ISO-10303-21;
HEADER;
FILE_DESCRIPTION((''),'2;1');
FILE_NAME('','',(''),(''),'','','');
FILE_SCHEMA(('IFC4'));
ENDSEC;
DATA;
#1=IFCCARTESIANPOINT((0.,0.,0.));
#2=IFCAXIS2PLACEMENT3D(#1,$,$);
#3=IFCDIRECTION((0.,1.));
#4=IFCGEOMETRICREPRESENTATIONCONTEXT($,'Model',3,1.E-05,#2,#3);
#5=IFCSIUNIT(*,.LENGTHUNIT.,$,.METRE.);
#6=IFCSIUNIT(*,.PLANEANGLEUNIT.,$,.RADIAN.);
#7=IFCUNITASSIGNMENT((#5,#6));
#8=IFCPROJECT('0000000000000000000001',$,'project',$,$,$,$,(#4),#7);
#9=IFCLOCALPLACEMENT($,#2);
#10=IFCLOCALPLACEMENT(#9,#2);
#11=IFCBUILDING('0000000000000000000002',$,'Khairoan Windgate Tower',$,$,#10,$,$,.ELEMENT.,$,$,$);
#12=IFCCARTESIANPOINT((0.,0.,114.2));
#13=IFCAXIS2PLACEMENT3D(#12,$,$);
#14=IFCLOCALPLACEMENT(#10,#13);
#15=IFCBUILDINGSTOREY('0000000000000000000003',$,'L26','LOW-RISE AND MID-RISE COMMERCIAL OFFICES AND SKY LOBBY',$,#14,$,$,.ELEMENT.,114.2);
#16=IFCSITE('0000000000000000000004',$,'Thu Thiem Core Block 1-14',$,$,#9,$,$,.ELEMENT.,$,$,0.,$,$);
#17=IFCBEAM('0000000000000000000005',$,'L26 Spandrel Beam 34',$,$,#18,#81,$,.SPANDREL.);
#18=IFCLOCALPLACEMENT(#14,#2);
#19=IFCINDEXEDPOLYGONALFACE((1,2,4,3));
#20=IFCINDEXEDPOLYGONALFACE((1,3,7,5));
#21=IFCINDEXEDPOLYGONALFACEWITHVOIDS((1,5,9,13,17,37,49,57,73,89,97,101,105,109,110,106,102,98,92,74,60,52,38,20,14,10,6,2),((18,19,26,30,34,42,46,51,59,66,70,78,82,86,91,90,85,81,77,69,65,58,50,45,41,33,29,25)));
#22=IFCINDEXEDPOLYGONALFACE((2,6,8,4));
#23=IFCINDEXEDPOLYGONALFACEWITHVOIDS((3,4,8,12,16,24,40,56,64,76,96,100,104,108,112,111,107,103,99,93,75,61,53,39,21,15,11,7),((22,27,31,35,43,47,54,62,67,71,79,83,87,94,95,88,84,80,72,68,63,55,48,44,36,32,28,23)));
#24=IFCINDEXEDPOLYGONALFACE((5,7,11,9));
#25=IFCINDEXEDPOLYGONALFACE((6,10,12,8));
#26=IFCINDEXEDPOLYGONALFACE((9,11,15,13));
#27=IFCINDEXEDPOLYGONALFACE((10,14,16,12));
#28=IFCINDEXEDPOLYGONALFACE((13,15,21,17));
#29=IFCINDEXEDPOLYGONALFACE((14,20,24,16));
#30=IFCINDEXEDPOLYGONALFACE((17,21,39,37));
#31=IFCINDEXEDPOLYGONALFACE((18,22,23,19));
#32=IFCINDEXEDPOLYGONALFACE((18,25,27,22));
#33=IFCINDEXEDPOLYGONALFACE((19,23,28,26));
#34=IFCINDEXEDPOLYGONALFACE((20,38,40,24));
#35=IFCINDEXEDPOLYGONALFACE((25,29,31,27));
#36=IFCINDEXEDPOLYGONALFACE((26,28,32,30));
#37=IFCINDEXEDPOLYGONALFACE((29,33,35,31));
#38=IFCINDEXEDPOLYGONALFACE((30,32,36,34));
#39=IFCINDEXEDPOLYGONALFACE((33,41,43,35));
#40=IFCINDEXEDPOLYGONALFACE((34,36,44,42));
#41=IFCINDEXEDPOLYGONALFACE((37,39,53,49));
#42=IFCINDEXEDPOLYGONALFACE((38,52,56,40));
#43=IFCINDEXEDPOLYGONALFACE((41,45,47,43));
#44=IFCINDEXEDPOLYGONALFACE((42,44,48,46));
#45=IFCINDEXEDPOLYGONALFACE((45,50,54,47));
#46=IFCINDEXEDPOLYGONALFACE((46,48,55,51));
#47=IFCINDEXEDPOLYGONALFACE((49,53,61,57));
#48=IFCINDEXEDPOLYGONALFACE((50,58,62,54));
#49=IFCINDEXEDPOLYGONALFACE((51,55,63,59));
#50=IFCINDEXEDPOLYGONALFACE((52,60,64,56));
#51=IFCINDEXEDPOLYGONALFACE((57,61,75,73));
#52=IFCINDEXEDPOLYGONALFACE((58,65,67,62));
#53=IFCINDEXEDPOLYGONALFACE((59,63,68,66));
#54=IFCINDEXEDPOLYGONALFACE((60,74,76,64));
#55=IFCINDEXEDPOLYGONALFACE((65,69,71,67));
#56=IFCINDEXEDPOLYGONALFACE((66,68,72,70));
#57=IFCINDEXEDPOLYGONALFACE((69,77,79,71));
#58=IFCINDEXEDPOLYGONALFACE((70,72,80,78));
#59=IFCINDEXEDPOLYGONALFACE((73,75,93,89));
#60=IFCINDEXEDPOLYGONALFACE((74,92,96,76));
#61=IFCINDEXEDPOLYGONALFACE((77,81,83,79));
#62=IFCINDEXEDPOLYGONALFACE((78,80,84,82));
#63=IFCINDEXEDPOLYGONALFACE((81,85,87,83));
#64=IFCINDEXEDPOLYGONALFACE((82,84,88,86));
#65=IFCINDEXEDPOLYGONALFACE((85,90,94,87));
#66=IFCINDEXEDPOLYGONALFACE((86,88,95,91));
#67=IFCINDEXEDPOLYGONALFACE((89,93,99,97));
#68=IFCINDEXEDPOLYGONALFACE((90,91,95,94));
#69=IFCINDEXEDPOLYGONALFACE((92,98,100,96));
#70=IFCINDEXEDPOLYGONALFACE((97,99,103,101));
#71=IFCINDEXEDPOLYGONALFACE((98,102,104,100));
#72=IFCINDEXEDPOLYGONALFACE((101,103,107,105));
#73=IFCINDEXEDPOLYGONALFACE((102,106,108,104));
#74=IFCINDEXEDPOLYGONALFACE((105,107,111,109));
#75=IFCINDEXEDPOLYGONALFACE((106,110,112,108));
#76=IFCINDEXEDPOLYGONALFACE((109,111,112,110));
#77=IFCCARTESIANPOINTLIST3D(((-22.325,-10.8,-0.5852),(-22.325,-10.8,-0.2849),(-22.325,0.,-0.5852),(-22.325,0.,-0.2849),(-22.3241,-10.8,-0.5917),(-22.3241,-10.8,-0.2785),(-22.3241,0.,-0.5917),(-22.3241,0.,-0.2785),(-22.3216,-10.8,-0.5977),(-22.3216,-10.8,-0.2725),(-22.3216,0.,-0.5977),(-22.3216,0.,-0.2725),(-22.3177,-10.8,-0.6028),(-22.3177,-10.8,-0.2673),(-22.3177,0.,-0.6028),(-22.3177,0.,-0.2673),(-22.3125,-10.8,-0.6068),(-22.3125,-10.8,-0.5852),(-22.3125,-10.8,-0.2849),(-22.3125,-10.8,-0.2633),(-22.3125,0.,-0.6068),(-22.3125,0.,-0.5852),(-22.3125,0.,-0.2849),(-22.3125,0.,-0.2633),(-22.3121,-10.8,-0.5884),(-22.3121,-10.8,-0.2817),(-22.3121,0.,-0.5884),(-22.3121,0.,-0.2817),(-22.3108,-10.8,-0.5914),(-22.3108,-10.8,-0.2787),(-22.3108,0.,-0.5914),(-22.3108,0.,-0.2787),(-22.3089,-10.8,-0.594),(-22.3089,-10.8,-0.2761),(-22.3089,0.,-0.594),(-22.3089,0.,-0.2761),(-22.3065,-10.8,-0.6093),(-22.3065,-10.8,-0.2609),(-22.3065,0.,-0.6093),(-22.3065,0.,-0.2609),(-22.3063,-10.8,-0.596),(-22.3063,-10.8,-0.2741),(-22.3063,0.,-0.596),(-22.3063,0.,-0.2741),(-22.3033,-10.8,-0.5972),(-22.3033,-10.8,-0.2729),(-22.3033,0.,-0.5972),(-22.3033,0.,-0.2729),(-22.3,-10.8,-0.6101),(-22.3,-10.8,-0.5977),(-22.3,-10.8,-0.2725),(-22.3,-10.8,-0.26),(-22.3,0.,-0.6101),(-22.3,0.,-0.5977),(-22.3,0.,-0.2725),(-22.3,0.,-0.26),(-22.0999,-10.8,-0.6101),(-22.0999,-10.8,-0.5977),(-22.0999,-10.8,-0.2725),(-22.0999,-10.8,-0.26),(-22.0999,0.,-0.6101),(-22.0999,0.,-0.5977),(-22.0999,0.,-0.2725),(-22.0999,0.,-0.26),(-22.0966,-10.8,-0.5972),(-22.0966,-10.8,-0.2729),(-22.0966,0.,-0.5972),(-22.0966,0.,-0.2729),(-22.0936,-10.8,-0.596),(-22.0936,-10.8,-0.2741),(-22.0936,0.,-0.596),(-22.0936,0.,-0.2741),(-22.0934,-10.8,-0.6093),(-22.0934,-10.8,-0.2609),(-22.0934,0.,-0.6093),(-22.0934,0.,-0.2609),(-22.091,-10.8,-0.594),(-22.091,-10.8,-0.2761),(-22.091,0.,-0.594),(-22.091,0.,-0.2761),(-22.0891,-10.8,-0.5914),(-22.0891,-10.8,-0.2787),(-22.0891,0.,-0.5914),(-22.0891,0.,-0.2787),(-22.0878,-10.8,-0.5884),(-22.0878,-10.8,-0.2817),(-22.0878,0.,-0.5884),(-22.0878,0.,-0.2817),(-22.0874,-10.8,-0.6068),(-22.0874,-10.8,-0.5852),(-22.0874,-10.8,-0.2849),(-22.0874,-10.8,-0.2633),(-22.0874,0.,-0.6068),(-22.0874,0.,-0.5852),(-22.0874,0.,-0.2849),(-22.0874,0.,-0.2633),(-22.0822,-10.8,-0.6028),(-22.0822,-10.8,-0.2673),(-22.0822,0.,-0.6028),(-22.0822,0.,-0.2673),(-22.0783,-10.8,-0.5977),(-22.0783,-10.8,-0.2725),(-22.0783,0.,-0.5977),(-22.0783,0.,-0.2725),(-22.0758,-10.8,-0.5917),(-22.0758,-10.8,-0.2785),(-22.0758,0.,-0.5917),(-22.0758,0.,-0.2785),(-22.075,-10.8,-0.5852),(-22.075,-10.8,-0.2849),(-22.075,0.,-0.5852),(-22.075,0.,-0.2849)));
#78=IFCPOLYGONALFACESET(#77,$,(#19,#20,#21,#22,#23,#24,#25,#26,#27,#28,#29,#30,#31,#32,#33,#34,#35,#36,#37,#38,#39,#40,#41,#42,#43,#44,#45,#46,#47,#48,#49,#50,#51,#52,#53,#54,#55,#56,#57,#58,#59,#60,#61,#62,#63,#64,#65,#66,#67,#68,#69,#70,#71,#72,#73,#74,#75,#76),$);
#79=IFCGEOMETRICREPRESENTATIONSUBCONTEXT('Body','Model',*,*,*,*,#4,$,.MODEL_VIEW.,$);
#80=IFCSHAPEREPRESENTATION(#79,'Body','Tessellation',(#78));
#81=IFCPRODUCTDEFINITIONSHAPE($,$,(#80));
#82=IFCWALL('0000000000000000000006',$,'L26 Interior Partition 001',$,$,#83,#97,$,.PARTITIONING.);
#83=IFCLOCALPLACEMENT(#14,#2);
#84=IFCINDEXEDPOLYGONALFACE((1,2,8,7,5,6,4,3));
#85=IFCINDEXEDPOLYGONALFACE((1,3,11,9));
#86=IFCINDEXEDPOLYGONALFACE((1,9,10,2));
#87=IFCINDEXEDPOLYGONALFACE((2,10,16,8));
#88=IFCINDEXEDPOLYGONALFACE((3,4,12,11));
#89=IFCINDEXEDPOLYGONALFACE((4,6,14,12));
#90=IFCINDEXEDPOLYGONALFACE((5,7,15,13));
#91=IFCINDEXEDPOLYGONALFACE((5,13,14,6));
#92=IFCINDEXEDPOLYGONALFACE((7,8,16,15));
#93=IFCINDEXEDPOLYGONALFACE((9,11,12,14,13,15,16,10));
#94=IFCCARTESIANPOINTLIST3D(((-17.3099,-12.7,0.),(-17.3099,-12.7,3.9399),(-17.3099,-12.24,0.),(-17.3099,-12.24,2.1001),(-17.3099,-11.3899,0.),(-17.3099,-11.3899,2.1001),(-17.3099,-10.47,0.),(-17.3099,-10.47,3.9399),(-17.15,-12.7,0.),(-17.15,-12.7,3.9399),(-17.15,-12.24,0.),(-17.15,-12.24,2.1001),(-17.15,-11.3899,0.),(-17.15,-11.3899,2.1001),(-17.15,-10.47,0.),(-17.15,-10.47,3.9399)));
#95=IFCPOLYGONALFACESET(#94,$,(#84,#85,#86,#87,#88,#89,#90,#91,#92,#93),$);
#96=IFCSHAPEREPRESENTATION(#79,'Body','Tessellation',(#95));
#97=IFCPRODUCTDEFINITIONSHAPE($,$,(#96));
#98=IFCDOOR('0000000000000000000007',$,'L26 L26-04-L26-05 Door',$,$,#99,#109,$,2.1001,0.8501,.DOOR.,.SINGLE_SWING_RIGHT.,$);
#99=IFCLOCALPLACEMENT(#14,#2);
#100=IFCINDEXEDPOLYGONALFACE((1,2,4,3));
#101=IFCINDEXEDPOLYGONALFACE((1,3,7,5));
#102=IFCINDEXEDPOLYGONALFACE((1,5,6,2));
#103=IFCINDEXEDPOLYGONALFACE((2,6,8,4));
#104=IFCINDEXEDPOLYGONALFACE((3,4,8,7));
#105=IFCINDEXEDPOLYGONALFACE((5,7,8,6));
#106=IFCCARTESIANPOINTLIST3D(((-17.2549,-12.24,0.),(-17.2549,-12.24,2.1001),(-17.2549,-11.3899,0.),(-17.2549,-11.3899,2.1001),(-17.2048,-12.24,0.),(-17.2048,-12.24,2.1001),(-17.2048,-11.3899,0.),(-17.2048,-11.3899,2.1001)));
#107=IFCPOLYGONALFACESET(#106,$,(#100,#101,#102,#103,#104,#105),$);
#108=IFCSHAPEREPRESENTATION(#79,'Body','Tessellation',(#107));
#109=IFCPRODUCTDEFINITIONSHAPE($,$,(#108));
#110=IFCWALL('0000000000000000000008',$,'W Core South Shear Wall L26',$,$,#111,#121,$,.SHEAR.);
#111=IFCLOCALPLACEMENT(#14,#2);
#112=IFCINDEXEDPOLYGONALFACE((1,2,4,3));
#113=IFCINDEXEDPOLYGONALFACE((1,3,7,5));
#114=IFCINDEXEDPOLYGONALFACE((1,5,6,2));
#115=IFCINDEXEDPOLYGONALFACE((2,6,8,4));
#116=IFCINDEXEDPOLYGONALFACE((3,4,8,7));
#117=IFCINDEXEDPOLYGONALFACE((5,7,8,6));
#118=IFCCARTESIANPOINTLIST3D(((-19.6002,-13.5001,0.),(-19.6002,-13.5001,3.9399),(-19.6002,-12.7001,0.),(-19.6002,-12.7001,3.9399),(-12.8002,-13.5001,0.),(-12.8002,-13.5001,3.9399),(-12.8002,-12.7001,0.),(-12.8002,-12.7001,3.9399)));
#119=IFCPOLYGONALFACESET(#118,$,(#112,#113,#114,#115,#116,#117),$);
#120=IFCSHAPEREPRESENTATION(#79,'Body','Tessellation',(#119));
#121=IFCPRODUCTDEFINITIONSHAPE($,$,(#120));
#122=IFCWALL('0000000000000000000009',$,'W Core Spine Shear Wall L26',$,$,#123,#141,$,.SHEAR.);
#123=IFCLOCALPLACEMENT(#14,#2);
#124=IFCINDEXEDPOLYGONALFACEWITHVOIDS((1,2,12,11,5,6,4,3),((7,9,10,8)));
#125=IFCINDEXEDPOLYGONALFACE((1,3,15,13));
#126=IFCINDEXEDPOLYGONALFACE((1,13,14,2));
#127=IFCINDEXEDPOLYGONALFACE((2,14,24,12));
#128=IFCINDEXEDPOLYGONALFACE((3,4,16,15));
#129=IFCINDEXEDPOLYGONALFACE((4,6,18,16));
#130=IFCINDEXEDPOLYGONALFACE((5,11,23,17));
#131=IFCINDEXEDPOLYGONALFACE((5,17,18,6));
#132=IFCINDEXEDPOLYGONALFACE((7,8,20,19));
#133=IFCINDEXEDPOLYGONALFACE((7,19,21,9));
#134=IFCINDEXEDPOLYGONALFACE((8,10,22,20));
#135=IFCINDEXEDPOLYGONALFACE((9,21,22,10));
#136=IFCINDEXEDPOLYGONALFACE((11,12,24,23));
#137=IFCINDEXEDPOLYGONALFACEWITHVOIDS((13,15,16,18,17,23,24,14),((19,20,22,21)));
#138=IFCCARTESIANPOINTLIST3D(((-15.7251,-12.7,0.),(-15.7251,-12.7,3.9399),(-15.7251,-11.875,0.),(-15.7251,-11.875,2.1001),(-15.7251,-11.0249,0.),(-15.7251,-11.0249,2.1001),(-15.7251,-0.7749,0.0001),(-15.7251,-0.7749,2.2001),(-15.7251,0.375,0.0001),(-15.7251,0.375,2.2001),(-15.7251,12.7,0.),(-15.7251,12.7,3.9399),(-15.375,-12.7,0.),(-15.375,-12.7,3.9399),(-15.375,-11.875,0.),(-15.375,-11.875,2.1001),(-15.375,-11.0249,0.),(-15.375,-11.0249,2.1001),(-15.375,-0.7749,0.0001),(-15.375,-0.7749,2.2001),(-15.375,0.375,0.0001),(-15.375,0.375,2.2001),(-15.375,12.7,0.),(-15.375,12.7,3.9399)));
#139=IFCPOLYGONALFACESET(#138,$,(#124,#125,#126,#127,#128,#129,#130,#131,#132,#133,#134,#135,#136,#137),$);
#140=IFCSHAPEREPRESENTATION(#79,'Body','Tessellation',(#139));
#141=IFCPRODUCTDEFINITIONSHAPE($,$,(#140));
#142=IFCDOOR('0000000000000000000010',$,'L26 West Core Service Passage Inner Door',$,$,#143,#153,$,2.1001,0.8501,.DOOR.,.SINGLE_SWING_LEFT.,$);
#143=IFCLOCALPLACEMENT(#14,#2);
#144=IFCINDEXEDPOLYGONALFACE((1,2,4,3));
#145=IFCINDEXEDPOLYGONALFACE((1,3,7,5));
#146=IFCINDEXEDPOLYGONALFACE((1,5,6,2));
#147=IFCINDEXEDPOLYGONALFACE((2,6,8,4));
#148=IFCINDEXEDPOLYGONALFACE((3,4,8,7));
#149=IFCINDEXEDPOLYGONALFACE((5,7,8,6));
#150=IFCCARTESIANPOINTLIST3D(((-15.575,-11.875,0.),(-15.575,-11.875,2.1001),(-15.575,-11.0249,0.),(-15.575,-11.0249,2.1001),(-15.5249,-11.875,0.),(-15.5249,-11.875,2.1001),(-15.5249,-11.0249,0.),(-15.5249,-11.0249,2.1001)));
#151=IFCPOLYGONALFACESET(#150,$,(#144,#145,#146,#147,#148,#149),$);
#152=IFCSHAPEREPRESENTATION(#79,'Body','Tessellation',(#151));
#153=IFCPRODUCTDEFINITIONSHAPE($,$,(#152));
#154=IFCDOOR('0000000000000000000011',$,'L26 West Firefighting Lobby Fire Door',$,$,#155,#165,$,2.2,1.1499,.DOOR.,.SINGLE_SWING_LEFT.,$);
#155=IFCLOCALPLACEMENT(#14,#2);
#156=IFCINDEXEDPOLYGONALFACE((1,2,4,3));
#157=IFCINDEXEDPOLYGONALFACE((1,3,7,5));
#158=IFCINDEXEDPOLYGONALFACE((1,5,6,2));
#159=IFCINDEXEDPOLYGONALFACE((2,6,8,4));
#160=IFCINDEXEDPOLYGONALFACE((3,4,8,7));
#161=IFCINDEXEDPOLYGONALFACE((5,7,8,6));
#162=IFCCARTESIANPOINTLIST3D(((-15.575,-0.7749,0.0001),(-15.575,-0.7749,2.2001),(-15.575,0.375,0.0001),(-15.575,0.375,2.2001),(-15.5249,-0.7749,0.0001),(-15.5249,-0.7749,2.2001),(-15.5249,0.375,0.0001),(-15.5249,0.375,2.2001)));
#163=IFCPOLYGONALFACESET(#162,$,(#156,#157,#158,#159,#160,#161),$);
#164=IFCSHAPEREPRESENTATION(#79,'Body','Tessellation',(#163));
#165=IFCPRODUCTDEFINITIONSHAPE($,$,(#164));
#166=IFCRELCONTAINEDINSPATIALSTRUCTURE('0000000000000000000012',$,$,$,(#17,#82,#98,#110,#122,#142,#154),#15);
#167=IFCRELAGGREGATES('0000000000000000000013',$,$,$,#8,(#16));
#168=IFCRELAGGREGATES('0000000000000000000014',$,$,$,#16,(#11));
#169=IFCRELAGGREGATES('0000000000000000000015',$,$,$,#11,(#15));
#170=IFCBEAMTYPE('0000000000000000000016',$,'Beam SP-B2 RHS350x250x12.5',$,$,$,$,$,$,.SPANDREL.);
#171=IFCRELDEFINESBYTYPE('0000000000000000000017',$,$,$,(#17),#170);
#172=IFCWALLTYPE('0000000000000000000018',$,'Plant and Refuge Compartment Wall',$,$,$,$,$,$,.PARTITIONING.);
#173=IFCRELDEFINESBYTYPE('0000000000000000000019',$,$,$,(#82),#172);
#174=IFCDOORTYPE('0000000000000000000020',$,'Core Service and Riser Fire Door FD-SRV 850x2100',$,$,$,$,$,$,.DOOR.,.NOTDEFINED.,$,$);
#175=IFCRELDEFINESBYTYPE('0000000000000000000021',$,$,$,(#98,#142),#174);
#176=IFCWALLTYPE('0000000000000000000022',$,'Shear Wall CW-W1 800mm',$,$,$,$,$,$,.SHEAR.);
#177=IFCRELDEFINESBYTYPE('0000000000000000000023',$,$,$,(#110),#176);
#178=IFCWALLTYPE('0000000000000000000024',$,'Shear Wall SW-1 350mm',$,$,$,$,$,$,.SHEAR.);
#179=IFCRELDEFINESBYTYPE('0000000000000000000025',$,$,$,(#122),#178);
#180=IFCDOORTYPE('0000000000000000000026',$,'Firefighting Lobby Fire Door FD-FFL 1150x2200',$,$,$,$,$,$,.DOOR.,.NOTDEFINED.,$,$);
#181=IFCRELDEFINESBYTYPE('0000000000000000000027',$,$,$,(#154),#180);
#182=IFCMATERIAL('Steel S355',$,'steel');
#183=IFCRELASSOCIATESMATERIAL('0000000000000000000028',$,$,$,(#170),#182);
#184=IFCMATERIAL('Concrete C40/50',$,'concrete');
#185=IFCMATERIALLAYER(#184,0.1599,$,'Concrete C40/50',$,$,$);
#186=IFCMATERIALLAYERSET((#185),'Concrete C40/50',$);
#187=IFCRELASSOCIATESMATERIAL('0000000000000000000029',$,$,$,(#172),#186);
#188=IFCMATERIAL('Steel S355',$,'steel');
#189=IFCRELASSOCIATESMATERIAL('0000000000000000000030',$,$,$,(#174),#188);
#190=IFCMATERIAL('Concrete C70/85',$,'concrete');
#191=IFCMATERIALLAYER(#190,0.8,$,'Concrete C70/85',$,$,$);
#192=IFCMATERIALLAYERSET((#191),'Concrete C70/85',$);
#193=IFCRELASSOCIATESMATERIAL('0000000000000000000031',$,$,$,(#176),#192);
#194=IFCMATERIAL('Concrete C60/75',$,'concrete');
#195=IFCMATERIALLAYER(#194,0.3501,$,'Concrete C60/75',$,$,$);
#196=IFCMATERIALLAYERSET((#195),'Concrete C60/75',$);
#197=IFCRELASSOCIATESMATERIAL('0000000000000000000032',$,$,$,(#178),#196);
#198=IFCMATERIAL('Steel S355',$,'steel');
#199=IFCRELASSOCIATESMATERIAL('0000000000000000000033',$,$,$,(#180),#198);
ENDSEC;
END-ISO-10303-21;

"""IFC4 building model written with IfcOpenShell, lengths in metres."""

from ifc_helpers import new_model, si_unit, direction, frame, frame_2d, origin, origin_2d, place, context, subcontext, project, spatial, rectangle, hollow_rectangle, extrude, material, layer, layer_set, material_profile, profile_set, type_object, element, fill, save


model = new_model("IFC4")

# Units and contexts
model_context = context("Model", 3, precision=1e-05, world=origin(), true_north=direction((0.0, 1.0)))
body_context = subcontext(model_context, "Body", "Model", "MODEL_VIEW")
ifc_project = project(units=[si_unit("LENGTHUNIT", "METRE"), si_unit("PLANEANGLEUNIT", "RADIAN")], contexts=[model_context])

# Site, building, storey
site_placement = place(None, origin())
site = spatial("IfcSite", under=ifc_project, at=site_placement, Name="Thu Thiem Core Block 1-14", CompositionType="ELEMENT", RefElevation=0.0)
building_placement = place(site_placement, origin())
building = spatial("IfcBuilding", under=site, at=building_placement, Name="Khairoan Windgate Tower", CompositionType="ELEMENT")
storey_placement = place(building_placement, frame((0.0, 0.0, 114.2)))
storey = spatial("IfcBuildingStorey", under=building, at=storey_placement, Name="L26", Description="LOW-RISE AND MID-RISE COMMERCIAL OFFICES AND SKY LOBBY", CompositionType="ELEMENT", Elevation=114.2)

# Beam
ifc_material_1 = material(Name="Steel S355", Category="steel")
ifc_material_profile_1 = material_profile(ifc_material_1, hollow_rectangle(XDim=0.25, YDim=0.3501, WallThickness=0.0125, InnerFilletRadius=0.0125, OuterFilletRadius=0.0249, at=origin_2d()))
ifc_profile_set_1 = profile_set([ifc_material_profile_1], Name="Steel S355")
beam_type_1 = type_object("IfcBeamType", Name="Beam SP-B2 RHS350x250x12.5", PredefinedType="SPANDREL", material=ifc_profile_set_1)
beam_1_placement = place(storey_placement, frame((-22.2, -10.8, -0.4351), z_axis=(0.0, 1.0, 0.0), x_axis=(-1.0, 0.0, 0.0)))
element("IfcBeam", 1, at=beam_1_placement, inside=storey, type_object=beam_type_1, Name="L26 Spandrel Beam 34", PredefinedType="SPANDREL", context=body_context, shape_type="SweptSolid", body=[
    extrude(hollow_rectangle(XDim=0.25, YDim=0.3501, WallThickness=0.0125, InnerFilletRadius=0.0125, OuterFilletRadius=0.0249, at=origin_2d()), origin(), (0.0, 0.0, 1.0), 10.8),
])

# Wall, opening, door
ifc_material_2 = material(Name="Concrete C40/50", Category="concrete")
ifc_layer_1 = layer(ifc_material_2, 0.1599, Name="Concrete C40/50")
ifc_layer_set_1 = layer_set([ifc_layer_1], Name="Concrete C40/50")
wall_type_1 = type_object("IfcWallType", Name="Plant and Refuge Compartment Wall", PredefinedType="PARTITIONING", material=ifc_layer_set_1)
wall_1_placement = place(storey_placement, frame((-17.23, -12.7, 0.0), z_axis=(0.0, 0.0, 1.0), x_axis=(0.0, 1.0, 0.0)))
wall_1 = element("IfcWall", 2, at=wall_1_placement, inside=storey, type_object=wall_type_1, Name="L26 Interior Partition 001", PredefinedType="PARTITIONING", context=body_context, shape_type="SweptSolid", body=[
    extrude(rectangle(XDim=2.23, YDim=0.1599, at=frame_2d((1.115, 0.0))), origin(), (0.0, 0.0, 1.0), 3.9399),
])
opening_1_placement = place(wall_1_placement, frame((0.46, 0.0, 0.0)))
opening_1 = element("IfcOpeningElement", 3, at=opening_1_placement, cuts=wall_1, PredefinedType="OPENING", context=body_context, shape_type="SweptSolid", body=[
    extrude(rectangle(XDim=0.8501, YDim=2.1001, at=frame_2d((0.425, 1.05))), frame((0.0, 0.0898, 0.0), z_axis=(0.0, -1.0, 0.0), x_axis=(1.0, 0.0, 0.0)), (0.0, 0.0, 1.0), 0.1799),
])
ifc_material_3 = material(Name="Steel S355", Category="steel")
door_type_1 = type_object("IfcDoorType", Name="Core Service and Riser Fire Door FD-SRV 850x2100", OperationType="NOTDEFINED", PredefinedType="DOOR", material=ifc_material_3)
door_1_placement = place(opening_1_placement, origin())
door_1 = element("IfcDoor", 4, at=door_1_placement, inside=storey, type_object=door_type_1, Name="L26 L26-04-L26-05 Door", OperationType="SINGLE_SWING_RIGHT", OverallHeight=2.1001, OverallWidth=0.8501, PredefinedType="DOOR", context=body_context, shape_type="SweptSolid", body=[
    extrude(rectangle(XDim=0.8501, YDim=2.1001, at=frame_2d((0.425, 1.05))), frame((0.0, 0.0249, 0.0), z_axis=(0.0, -1.0, 0.0), x_axis=(1.0, 0.0, 0.0)), (0.0, 0.0, 1.0), 0.05),
])
fill(opening_1, door_1)

# Wall
ifc_material_4 = material(Name="Concrete C70/85", Category="concrete")
ifc_layer_2 = layer(ifc_material_4, 0.8, Name="Concrete C70/85")
ifc_layer_set_2 = layer_set([ifc_layer_2], Name="Concrete C70/85")
wall_type_2 = type_object("IfcWallType", Name="Shear Wall CW-W1 800mm", PredefinedType="SHEAR", material=ifc_layer_set_2)
wall_2_placement = place(storey_placement, frame((-19.6001, -13.1001, 0.0), z_axis=(0.0, 0.0, 1.0), x_axis=(1.0, 0.0, 0.0)))
element("IfcWall", 5, at=wall_2_placement, inside=storey, type_object=wall_type_2, Name="W Core South Shear Wall L26", PredefinedType="SHEAR", context=body_context, shape_type="SweptSolid", body=[
    extrude(rectangle(XDim=6.8, YDim=0.8, at=frame_2d((3.3999, 0.0))), origin(), (0.0, 0.0, 1.0), 3.9399),
])

# Wall, openings, doors
ifc_material_5 = material(Name="Concrete C60/75", Category="concrete")
ifc_layer_3 = layer(ifc_material_5, 0.3501, Name="Concrete C60/75")
ifc_layer_set_3 = layer_set([ifc_layer_3], Name="Concrete C60/75")
wall_type_3 = type_object("IfcWallType", Name="Shear Wall SW-1 350mm", PredefinedType="SHEAR", material=ifc_layer_set_3)
wall_3_placement = place(storey_placement, frame((-15.55, -12.7, 0.0), z_axis=(0.0, 0.0, 1.0), x_axis=(0.0, 1.0, 0.0)))
wall_3 = element("IfcWall", 6, at=wall_3_placement, inside=storey, type_object=wall_type_3, Name="W Core Spine Shear Wall L26", PredefinedType="SHEAR", context=body_context, shape_type="SweptSolid", body=[
    extrude(rectangle(XDim=25.3999, YDim=0.3501, at=frame_2d((12.7, 0.0))), origin(), (0.0, 0.0, 1.0), 3.9399),
])
opening_2_placement = place(wall_3_placement, frame((11.925, 0.0, 0.0)))
opening_2 = element("IfcOpeningElement", 7, at=opening_2_placement, cuts=wall_3, PredefinedType="OPENING", context=body_context, shape_type="SweptSolid", body=[
    extrude(rectangle(XDim=1.1499, YDim=2.2, at=frame_2d((0.575, 1.1001))), frame((0.0, 0.1851, 0.0), z_axis=(0.0, -1.0, 0.0), x_axis=(1.0, 0.0, 0.0)), (0.0, 0.0, 1.0), 0.3701),
])
opening_3_placement = place(wall_3_placement, frame((0.825, 0.0, 0.0)))
opening_3 = element("IfcOpeningElement", 8, at=opening_3_placement, cuts=wall_3, PredefinedType="OPENING", context=body_context, shape_type="SweptSolid", body=[
    extrude(rectangle(XDim=0.8501, YDim=2.1001, at=frame_2d((0.425, 1.05))), frame((0.0, 0.1851, 0.0), z_axis=(0.0, -1.0, 0.0), x_axis=(1.0, 0.0, 0.0)), (0.0, 0.0, 1.0), 0.3701),
])
door_2_placement = place(opening_3_placement, origin())
door_2 = element("IfcDoor", 9, at=door_2_placement, inside=storey, type_object=door_type_1, Name="L26 West Core Service Passage Inner Door", OperationType="SINGLE_SWING_LEFT", OverallHeight=2.1001, OverallWidth=0.8501, PredefinedType="DOOR", context=body_context, shape_type="SweptSolid", body=[
    extrude(rectangle(XDim=0.8501, YDim=2.1001, at=frame_2d((0.425, 1.05))), frame((0.0, 0.0249, 0.0), z_axis=(0.0, -1.0, 0.0), x_axis=(1.0, 0.0, 0.0)), (0.0, 0.0, 1.0), 0.05),
])
fill(opening_3, door_2)
ifc_material_6 = material(Name="Steel S355", Category="steel")
door_type_2 = type_object("IfcDoorType", Name="Firefighting Lobby Fire Door FD-FFL 1150x2200", OperationType="NOTDEFINED", PredefinedType="DOOR", material=ifc_material_6)
door_3_placement = place(opening_2_placement, origin())
door_3 = element("IfcDoor", 10, at=door_3_placement, inside=storey, type_object=door_type_2, Name="L26 West Firefighting Lobby Fire Door", OperationType="SINGLE_SWING_LEFT", OverallHeight=2.2, OverallWidth=1.1499, PredefinedType="DOOR", context=body_context, shape_type="SweptSolid", body=[
    extrude(rectangle(XDim=1.1499, YDim=2.2, at=frame_2d((0.575, 1.1001))), frame((0.0, 0.0249, 0.0), z_axis=(0.0, -1.0, 0.0), x_axis=(1.0, 0.0, 0.0)), (0.0, 0.0, 1.0), 0.05),
])
fill(opening_2, door_3)

save(model, "model.ifc")
